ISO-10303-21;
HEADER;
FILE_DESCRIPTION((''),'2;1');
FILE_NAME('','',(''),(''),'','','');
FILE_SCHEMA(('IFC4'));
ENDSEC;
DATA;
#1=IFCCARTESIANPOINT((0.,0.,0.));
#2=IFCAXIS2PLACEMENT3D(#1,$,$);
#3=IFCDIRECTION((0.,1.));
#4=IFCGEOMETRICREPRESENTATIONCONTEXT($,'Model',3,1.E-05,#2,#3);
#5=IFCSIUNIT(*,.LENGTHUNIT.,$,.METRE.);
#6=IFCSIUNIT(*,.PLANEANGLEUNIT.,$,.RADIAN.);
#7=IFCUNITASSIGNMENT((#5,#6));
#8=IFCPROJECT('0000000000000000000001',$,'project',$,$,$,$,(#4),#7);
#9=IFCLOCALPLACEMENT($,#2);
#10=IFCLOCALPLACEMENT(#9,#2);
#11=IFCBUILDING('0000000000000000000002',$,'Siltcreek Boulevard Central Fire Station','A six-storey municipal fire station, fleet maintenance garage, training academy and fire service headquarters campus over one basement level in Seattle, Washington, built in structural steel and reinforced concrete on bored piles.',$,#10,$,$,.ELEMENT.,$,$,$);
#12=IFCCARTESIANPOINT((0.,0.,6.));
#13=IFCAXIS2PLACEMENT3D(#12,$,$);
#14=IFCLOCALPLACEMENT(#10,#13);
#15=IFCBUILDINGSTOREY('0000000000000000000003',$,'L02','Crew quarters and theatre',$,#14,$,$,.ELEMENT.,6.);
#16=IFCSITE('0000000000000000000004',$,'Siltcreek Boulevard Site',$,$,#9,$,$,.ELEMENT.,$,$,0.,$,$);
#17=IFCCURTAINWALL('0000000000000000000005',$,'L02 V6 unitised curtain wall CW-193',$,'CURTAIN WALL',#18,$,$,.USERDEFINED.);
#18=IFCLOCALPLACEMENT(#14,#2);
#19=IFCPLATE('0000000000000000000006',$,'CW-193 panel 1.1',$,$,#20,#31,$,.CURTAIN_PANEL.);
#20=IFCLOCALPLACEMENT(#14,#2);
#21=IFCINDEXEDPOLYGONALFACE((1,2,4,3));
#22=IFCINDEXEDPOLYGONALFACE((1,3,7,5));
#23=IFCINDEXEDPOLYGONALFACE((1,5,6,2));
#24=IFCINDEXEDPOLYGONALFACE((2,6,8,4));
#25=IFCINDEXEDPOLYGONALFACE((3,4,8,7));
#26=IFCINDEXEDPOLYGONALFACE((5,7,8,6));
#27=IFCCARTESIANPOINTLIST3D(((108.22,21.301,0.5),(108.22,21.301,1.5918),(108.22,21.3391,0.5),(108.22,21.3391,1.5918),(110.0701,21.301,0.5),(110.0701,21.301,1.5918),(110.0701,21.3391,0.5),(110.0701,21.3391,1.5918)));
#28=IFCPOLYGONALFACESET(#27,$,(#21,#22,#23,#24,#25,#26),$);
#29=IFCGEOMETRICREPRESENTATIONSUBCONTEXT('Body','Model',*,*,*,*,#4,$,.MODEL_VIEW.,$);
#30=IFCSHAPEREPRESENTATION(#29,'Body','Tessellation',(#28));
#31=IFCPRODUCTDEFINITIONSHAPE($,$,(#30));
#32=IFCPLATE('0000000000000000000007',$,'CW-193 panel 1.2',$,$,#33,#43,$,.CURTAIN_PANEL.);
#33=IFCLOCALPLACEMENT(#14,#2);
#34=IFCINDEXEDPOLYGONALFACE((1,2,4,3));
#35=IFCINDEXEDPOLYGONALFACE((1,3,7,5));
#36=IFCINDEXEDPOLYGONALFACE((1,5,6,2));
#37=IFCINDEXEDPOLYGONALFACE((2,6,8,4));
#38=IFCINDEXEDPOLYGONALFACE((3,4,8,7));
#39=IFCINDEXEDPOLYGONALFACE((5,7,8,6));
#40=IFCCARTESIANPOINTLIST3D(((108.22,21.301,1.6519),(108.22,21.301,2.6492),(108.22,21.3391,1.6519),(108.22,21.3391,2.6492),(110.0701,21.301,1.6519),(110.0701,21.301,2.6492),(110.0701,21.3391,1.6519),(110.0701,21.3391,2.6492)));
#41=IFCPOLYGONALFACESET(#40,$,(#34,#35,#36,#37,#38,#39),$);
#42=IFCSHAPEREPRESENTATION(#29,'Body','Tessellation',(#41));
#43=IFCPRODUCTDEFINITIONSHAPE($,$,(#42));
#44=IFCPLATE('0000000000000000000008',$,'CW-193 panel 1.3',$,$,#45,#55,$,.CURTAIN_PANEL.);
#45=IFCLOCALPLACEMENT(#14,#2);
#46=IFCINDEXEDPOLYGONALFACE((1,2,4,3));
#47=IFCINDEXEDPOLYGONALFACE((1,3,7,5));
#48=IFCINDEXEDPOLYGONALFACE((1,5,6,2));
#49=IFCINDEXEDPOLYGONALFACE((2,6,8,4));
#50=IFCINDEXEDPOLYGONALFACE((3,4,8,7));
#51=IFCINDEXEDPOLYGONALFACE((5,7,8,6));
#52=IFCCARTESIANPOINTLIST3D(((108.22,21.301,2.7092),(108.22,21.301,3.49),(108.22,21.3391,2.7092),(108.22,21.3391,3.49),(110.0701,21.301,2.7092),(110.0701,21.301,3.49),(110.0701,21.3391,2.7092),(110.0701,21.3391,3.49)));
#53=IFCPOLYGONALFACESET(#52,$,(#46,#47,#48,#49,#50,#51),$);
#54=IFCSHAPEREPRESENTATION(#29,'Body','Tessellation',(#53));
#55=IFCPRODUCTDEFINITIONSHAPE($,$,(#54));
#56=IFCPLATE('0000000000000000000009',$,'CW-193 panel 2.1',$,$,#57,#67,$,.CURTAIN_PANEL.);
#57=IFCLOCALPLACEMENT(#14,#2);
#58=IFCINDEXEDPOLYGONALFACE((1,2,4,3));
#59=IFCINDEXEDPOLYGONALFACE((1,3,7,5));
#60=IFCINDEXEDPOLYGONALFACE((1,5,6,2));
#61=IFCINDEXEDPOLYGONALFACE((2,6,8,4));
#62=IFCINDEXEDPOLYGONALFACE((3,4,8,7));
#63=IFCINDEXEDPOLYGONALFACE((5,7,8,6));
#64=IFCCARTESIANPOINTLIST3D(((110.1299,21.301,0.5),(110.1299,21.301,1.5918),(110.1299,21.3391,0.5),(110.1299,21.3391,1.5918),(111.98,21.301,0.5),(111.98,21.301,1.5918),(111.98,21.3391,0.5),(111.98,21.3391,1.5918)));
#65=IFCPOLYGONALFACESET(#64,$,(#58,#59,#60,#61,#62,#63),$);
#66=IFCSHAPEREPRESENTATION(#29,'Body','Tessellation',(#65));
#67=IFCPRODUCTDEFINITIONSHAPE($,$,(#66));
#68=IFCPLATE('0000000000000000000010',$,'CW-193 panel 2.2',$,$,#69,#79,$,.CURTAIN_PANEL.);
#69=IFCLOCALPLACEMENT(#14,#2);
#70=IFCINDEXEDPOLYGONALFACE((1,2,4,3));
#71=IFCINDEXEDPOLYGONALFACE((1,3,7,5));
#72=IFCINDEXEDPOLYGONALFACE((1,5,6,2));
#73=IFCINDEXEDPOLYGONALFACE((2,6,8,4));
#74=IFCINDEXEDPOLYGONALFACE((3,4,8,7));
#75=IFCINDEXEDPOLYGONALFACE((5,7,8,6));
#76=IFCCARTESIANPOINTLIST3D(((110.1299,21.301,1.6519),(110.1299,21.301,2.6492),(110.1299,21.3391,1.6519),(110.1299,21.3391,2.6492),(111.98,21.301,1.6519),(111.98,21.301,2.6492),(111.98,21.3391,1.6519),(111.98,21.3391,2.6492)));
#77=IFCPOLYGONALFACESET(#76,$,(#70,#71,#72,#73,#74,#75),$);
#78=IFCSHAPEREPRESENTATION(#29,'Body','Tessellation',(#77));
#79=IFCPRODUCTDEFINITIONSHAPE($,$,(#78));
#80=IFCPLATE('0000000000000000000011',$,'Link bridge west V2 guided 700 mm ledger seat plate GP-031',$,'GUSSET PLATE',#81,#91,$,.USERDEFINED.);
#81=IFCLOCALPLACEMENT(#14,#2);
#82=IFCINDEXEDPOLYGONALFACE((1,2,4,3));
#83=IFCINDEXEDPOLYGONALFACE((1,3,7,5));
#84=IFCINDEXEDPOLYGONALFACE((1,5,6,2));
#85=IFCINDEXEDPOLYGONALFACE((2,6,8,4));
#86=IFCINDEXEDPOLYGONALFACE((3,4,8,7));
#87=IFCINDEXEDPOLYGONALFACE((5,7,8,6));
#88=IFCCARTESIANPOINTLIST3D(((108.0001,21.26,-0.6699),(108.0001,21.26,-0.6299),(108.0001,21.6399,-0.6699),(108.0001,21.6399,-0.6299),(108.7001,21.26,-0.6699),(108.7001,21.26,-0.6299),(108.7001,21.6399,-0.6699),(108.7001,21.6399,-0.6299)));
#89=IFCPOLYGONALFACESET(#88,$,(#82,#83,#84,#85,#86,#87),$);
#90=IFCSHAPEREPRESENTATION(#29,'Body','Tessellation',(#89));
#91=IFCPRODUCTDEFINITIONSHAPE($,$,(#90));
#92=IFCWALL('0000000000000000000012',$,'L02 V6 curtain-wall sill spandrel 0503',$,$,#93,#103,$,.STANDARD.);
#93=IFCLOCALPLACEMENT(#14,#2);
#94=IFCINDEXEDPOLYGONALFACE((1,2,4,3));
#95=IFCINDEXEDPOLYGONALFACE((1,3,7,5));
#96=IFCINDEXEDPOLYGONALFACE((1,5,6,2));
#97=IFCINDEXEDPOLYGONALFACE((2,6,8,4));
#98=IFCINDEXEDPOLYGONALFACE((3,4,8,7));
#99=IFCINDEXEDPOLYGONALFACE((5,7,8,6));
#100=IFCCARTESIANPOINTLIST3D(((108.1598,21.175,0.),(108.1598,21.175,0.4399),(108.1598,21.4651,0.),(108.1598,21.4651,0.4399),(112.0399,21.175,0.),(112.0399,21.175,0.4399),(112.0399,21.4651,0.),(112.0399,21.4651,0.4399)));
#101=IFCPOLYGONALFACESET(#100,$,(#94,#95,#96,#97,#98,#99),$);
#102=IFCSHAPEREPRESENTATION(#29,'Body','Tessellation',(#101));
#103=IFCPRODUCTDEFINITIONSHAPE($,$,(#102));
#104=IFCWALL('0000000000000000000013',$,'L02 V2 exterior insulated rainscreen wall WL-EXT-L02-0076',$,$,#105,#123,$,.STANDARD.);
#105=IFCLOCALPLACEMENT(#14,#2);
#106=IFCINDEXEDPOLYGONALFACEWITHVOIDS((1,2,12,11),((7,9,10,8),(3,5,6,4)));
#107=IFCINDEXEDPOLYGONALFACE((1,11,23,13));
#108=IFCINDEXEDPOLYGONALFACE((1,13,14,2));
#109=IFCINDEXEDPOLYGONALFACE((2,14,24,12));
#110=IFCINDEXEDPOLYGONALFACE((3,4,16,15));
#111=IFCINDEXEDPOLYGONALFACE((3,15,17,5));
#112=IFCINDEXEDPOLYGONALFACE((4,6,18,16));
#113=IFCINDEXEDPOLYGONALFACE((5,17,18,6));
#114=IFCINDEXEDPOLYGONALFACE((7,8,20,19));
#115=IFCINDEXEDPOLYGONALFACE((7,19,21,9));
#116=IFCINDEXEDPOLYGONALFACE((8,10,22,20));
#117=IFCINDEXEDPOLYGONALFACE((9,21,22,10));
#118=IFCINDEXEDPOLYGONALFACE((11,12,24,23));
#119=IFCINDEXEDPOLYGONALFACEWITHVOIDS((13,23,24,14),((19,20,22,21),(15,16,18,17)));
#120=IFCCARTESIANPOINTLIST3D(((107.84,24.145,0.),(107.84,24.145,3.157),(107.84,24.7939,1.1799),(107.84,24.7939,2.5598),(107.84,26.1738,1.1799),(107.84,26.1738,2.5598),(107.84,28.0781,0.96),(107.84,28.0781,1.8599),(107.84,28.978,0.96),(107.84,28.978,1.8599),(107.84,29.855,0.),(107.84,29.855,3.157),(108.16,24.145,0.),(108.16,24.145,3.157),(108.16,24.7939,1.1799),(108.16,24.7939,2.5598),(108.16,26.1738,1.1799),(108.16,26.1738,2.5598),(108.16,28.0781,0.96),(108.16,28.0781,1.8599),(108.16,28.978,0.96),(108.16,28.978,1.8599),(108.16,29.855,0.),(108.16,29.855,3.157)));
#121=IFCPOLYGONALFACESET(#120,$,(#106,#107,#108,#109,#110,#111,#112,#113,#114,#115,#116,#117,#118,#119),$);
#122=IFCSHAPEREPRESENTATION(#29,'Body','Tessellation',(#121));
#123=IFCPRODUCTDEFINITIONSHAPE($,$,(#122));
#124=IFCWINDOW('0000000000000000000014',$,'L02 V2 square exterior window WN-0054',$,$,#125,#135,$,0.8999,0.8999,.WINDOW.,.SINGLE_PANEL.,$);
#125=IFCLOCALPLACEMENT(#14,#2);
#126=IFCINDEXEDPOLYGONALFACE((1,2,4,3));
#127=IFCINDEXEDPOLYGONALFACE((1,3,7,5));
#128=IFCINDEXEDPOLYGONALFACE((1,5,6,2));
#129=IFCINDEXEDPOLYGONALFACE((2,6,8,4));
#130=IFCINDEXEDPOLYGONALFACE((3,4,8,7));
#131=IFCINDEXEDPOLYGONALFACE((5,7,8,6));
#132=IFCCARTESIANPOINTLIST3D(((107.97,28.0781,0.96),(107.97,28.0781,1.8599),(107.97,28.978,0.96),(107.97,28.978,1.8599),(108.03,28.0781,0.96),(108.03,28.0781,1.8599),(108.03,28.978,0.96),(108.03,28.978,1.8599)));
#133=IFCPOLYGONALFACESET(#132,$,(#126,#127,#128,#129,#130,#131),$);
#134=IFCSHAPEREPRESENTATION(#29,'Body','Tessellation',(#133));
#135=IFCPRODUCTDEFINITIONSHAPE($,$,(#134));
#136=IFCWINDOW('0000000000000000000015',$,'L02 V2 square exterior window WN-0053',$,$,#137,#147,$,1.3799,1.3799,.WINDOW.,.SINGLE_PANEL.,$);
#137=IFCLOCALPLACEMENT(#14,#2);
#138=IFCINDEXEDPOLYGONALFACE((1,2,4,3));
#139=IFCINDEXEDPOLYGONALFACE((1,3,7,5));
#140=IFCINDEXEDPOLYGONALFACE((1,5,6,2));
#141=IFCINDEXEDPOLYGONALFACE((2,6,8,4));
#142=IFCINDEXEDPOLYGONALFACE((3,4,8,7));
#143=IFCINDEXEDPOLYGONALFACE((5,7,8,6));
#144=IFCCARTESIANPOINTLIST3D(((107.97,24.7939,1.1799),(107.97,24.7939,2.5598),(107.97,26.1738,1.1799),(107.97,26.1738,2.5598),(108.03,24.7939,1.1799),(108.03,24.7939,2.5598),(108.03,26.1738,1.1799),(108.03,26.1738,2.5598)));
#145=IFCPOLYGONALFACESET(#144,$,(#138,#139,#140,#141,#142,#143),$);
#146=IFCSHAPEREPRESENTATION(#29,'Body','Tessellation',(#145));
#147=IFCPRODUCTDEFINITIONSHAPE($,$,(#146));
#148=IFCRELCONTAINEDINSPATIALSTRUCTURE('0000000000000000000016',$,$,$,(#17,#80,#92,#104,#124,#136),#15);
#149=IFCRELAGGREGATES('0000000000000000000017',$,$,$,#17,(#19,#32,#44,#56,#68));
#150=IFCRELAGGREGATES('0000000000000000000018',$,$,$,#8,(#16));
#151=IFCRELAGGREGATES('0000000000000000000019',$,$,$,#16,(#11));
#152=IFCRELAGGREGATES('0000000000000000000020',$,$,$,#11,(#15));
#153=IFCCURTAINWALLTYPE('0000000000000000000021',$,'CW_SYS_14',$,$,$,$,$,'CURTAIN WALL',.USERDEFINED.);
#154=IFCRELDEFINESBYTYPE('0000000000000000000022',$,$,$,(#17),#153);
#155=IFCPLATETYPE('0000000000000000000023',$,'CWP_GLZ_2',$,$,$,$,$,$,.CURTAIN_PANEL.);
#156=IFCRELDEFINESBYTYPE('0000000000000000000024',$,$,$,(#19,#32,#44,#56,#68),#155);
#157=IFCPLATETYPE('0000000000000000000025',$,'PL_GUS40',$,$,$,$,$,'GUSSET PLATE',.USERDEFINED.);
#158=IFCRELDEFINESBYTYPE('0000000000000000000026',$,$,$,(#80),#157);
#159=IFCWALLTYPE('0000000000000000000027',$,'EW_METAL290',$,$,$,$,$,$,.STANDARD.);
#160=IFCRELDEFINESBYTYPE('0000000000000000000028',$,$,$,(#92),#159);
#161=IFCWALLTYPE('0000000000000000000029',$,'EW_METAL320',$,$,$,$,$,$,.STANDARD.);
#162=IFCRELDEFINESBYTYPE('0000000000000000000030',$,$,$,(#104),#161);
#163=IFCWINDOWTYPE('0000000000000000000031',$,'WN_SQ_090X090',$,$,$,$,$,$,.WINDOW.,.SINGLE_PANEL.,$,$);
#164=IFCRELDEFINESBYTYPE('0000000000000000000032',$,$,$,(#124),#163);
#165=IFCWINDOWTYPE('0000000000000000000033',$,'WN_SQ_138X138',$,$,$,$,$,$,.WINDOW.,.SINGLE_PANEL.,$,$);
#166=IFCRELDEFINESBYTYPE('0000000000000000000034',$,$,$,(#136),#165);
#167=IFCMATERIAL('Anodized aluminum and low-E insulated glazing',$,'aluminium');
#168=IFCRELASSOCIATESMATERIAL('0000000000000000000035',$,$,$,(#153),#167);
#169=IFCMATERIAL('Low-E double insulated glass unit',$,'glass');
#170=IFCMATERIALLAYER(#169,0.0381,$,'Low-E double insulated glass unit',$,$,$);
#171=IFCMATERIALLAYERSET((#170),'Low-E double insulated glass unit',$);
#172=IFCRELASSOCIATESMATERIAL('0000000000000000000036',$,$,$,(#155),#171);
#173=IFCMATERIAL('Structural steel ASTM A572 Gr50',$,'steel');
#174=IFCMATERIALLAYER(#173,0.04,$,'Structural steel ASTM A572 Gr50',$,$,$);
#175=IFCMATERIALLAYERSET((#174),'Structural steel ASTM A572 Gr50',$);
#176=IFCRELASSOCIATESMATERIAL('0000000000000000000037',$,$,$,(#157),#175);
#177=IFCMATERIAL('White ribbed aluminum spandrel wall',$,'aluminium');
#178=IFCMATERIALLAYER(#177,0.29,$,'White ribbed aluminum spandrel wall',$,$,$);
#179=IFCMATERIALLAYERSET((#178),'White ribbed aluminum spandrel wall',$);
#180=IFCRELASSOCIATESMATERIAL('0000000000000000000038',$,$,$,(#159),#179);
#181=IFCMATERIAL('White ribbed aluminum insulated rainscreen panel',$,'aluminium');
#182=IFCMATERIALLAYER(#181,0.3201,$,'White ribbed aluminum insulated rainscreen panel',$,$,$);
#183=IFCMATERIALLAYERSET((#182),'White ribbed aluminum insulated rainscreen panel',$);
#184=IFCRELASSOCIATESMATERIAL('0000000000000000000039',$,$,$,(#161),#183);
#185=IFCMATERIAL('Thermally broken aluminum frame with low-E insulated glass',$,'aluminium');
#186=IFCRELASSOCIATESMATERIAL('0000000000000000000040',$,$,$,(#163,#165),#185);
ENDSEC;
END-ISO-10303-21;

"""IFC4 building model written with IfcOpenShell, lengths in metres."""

from ifc_helpers import new_model, si_unit, direction, frame, frame_2d, origin, origin_2d, place, context, subcontext, project, spatial, rectangle, extrude, material, layer, layer_set, type_object, element, fill, aggregate, save


model = new_model("IFC4")

# Units and contexts
model_context = context("Model", 3, precision=1e-05, world=origin(), true_north=direction((0.0, 1.0)))
body_context = subcontext(model_context, "Body", "Model", "MODEL_VIEW")
ifc_project = project(units=[si_unit("LENGTHUNIT", "METRE"), si_unit("PLANEANGLEUNIT", "RADIAN")], contexts=[model_context])

# Site, building, storey
site_placement = place(None, origin())
site = spatial("IfcSite", under=ifc_project, at=site_placement, Name="Siltcreek Boulevard Site", CompositionType="ELEMENT", RefElevation=0.0)
building_placement = place(site_placement, origin())
building = spatial("IfcBuilding", under=site, at=building_placement, Name="Siltcreek Boulevard Central Fire Station", Description="A six-storey municipal fire station, fleet maintenance garage, training academy and fire service headquarters campus over one basement level in Seattle, Washington, built in structural steel and reinforced concrete on bored piles.", CompositionType="ELEMENT")
storey_placement = place(building_placement, frame((0.0, 0.0, 6.0)))
storey = spatial("IfcBuildingStorey", under=building, at=storey_placement, Name="L02", Description="Crew quarters and theatre", CompositionType="ELEMENT", Elevation=6.0)

# Curtain wall, plates
ifc_material_1 = material(Name="Anodized aluminum and low-E insulated glazing", Category="aluminium")
curtain_wall_type = type_object("IfcCurtainWallType", Name="CW_SYS_14", ElementType="CURTAIN WALL", PredefinedType="USERDEFINED", material=ifc_material_1)
curtain_wall_placement = place(storey_placement, origin())
curtain_wall = element("IfcCurtainWall", 1, at=curtain_wall_placement, inside=storey, type_object=curtain_wall_type, Name="L02 V6 unitised curtain wall CW-193", ObjectType="CURTAIN WALL", PredefinedType="USERDEFINED")
ifc_material_2 = material(Name="Low-E double insulated glass unit", Category="glass")
ifc_layer_1 = layer(ifc_material_2, 0.0381, Name="Low-E double insulated glass unit")
ifc_layer_set_1 = layer_set([ifc_layer_1], Name="Low-E double insulated glass unit")
plate_type_1 = type_object("IfcPlateType", Name="CWP_GLZ_2", PredefinedType="CURTAIN_PANEL", material=ifc_layer_set_1)
plate_1_placement = place(storey_placement, frame((109.145, 21.3201, 0.5), z_axis=(0.0, 0.0, 1.0), x_axis=(1.0, 0.0, 0.0)))
plate_1 = element("IfcPlate", 2, at=plate_1_placement, type_object=plate_type_1, Name="CW-193 panel 1.1", PredefinedType="CURTAIN_PANEL", context=body_context, shape_type="SweptSolid", body=[
    extrude(rectangle(XDim=1.8501, YDim=0.0381, at=origin_2d()), origin(), (0.0, 0.0, 1.0), 1.0918),
])
plate_2_placement = place(storey_placement, frame((109.145, 21.3201, 1.6519), z_axis=(0.0, 0.0, 1.0), x_axis=(1.0, 0.0, 0.0)))
plate_2 = element("IfcPlate", 3, at=plate_2_placement, type_object=plate_type_1, Name="CW-193 panel 1.2", PredefinedType="CURTAIN_PANEL", context=body_context, shape_type="SweptSolid", body=[
    extrude(rectangle(XDim=1.8501, YDim=0.0381, at=origin_2d()), origin(), (0.0, 0.0, 1.0), 0.9973),
])
plate_3_placement = place(storey_placement, frame((109.145, 21.3201, 2.7092), z_axis=(0.0, 0.0, 1.0), x_axis=(1.0, 0.0, 0.0)))
plate_3 = element("IfcPlate", 4, at=plate_3_placement, type_object=plate_type_1, Name="CW-193 panel 1.3", PredefinedType="CURTAIN_PANEL", context=body_context, shape_type="SweptSolid", body=[
    extrude(rectangle(XDim=1.8501, YDim=0.0381, at=origin_2d()), origin(), (0.0, 0.0, 1.0), 0.7808),
])
plate_4_placement = place(storey_placement, frame((111.0549, 21.3201, 0.5), z_axis=(0.0, 0.0, 1.0), x_axis=(1.0, 0.0, 0.0)))
plate_4 = element("IfcPlate", 5, at=plate_4_placement, type_object=plate_type_1, Name="CW-193 panel 2.1", PredefinedType="CURTAIN_PANEL", context=body_context, shape_type="SweptSolid", body=[
    extrude(rectangle(XDim=1.8501, YDim=0.0381, at=origin_2d()), origin(), (0.0, 0.0, 1.0), 1.0918),
])
plate_5_placement = place(storey_placement, frame((111.0549, 21.3201, 1.6519), z_axis=(0.0, 0.0, 1.0), x_axis=(1.0, 0.0, 0.0)))
plate_5 = element("IfcPlate", 6, at=plate_5_placement, type_object=plate_type_1, Name="CW-193 panel 2.2", PredefinedType="CURTAIN_PANEL", context=body_context, shape_type="SweptSolid", body=[
    extrude(rectangle(XDim=1.8501, YDim=0.0381, at=origin_2d()), origin(), (0.0, 0.0, 1.0), 0.9973),
])
aggregate(curtain_wall, [plate_1, plate_2, plate_3, plate_4, plate_5])

# Plate
ifc_material_3 = material(Name="Structural steel ASTM A572 Gr50", Category="steel")
ifc_layer_2 = layer(ifc_material_3, 0.04, Name="Structural steel ASTM A572 Gr50")
ifc_layer_set_2 = layer_set([ifc_layer_2], Name="Structural steel ASTM A572 Gr50")
plate_type_2 = type_object("IfcPlateType", Name="PL_GUS40", ElementType="GUSSET PLATE", PredefinedType="USERDEFINED", material=ifc_layer_set_2)
plate_6_placement = place(storey_placement, frame((108.3501, 21.45, -0.6699), z_axis=(0.0, 0.0, 1.0), x_axis=(1.0, 0.0, 0.0)))
element("IfcPlate", 7, at=plate_6_placement, inside=storey, type_object=plate_type_2, Name="Link bridge west V2 guided 700 mm ledger seat plate GP-031", ObjectType="GUSSET PLATE", PredefinedType="USERDEFINED", context=body_context, shape_type="SweptSolid", body=[
    extrude(rectangle(XDim=0.7, YDim=0.3799, at=origin_2d()), origin(), (0.0, 0.0, 1.0), 0.04),
])

# Wall
ifc_material_4 = material(Name="White ribbed aluminum spandrel wall", Category="aluminium")
ifc_layer_3 = layer(ifc_material_4, 0.29, Name="White ribbed aluminum spandrel wall")
ifc_layer_set_3 = layer_set([ifc_layer_3], Name="White ribbed aluminum spandrel wall")
wall_type_1 = type_object("IfcWallType", Name="EW_METAL290", PredefinedType="STANDARD", material=ifc_layer_set_3)
wall_1_placement = place(storey_placement, frame((108.1599, 21.3201, 0.0), z_axis=(0.0, 0.0, 1.0), x_axis=(1.0, 0.0, 0.0)))
element("IfcWall", 8, at=wall_1_placement, inside=storey, type_object=wall_type_1, Name="L02 V6 curtain-wall sill spandrel 0503", PredefinedType="STANDARD", context=body_context, shape_type="SweptSolid", body=[
    extrude(rectangle(XDim=3.8801, YDim=0.29, at=frame_2d((1.9399, 0.0))), origin(), (0.0, 0.0, 1.0), 0.4399),
])

# Wall, openings, windows
ifc_material_5 = material(Name="White ribbed aluminum insulated rainscreen panel", Category="aluminium")
ifc_layer_4 = layer(ifc_material_5, 0.3201, Name="White ribbed aluminum insulated rainscreen panel")
ifc_layer_set_4 = layer_set([ifc_layer_4], Name="White ribbed aluminum insulated rainscreen panel")
wall_type_2 = type_object("IfcWallType", Name="EW_METAL320", PredefinedType="STANDARD", material=ifc_layer_set_4)
wall_2_placement = place(storey_placement, frame((108.0, 24.145, 0.0), z_axis=(0.0, 0.0, 1.0), x_axis=(0.0, 1.0, 0.0)))
wall_2 = element("IfcWall", 9, at=wall_2_placement, inside=storey, type_object=wall_type_2, Name="L02 V2 exterior insulated rainscreen wall WL-EXT-L02-0076", PredefinedType="STANDARD", context=body_context, shape_type="SweptSolid", body=[
    extrude(rectangle(XDim=5.71, YDim=0.3201, at=frame_2d((2.855, 0.0))), origin(), (0.0, 0.0, 1.0), 3.157),
])
opening_1_placement = place(wall_2_placement, frame((0.6489, 0.0, 1.1799)))
opening_1 = element("IfcOpeningElement", 10, at=opening_1_placement, cuts=wall_2, PredefinedType="OPENING", context=body_context, shape_type="SweptSolid", body=[
    extrude(rectangle(XDim=1.3799, YDim=1.3799, at=frame_2d((0.6899, 0.6899))), frame((0.0, 0.1699, 0.0), z_axis=(0.0, -1.0, 0.0), x_axis=(1.0, 0.0, 0.0)), (0.0, 0.0, 1.0), 0.3401),
])
opening_2_placement = place(wall_2_placement, frame((3.9331, 0.0, 0.96)))
opening_2 = element("IfcOpeningElement", 11, at=opening_2_placement, cuts=wall_2, PredefinedType="OPENING", context=body_context, shape_type="SweptSolid", body=[
    extrude(rectangle(XDim=0.8999, YDim=0.8999, at=frame_2d((0.45, 0.45))), frame((0.0, 0.1699, 0.0), z_axis=(0.0, -1.0, 0.0), x_axis=(1.0, 0.0, 0.0)), (0.0, 0.0, 1.0), 0.3401),
])
ifc_material_6 = material(Name="Thermally broken aluminum frame with low-E insulated glass", Category="aluminium")
window_type_1 = type_object("IfcWindowType", Name="WN_SQ_090X090", PartitioningType="SINGLE_PANEL", PredefinedType="WINDOW", material=ifc_material_6)
window_1_placement = place(opening_2_placement, origin())
window_1 = element("IfcWindow", 12, at=window_1_placement, inside=storey, type_object=window_type_1, Name="L02 V2 square exterior window WN-0054", OverallHeight=0.8999, OverallWidth=0.8999, PartitioningType="SINGLE_PANEL", PredefinedType="WINDOW", context=body_context, shape_type="SweptSolid", body=[
    extrude(rectangle(XDim=0.8999, YDim=0.8999, at=frame_2d((0.45, 0.45))), frame((0.0, 0.03, 0.0), z_axis=(0.0, -1.0, 0.0), x_axis=(1.0, 0.0, 0.0)), (0.0, 0.0, 1.0), 0.0601),
])
fill(opening_2, window_1)
window_type_2 = type_object("IfcWindowType", Name="WN_SQ_138X138", PartitioningType="SINGLE_PANEL", PredefinedType="WINDOW", material=ifc_material_6)
window_2_placement = place(opening_1_placement, origin())
window_2 = element("IfcWindow", 13, at=window_2_placement, inside=storey, type_object=window_type_2, Name="L02 V2 square exterior window WN-0053", OverallHeight=1.3799, OverallWidth=1.3799, PartitioningType="SINGLE_PANEL", PredefinedType="WINDOW", context=body_context, shape_type="SweptSolid", body=[
    extrude(rectangle(XDim=1.3799, YDim=1.3799, at=frame_2d((0.6899, 0.6899))), frame((0.0, 0.03, 0.0), z_axis=(0.0, -1.0, 0.0), x_axis=(1.0, 0.0, 0.0)), (0.0, 0.0, 1.0), 0.0601),
])
fill(opening_1, window_2)

save(model, "model.ifc")
